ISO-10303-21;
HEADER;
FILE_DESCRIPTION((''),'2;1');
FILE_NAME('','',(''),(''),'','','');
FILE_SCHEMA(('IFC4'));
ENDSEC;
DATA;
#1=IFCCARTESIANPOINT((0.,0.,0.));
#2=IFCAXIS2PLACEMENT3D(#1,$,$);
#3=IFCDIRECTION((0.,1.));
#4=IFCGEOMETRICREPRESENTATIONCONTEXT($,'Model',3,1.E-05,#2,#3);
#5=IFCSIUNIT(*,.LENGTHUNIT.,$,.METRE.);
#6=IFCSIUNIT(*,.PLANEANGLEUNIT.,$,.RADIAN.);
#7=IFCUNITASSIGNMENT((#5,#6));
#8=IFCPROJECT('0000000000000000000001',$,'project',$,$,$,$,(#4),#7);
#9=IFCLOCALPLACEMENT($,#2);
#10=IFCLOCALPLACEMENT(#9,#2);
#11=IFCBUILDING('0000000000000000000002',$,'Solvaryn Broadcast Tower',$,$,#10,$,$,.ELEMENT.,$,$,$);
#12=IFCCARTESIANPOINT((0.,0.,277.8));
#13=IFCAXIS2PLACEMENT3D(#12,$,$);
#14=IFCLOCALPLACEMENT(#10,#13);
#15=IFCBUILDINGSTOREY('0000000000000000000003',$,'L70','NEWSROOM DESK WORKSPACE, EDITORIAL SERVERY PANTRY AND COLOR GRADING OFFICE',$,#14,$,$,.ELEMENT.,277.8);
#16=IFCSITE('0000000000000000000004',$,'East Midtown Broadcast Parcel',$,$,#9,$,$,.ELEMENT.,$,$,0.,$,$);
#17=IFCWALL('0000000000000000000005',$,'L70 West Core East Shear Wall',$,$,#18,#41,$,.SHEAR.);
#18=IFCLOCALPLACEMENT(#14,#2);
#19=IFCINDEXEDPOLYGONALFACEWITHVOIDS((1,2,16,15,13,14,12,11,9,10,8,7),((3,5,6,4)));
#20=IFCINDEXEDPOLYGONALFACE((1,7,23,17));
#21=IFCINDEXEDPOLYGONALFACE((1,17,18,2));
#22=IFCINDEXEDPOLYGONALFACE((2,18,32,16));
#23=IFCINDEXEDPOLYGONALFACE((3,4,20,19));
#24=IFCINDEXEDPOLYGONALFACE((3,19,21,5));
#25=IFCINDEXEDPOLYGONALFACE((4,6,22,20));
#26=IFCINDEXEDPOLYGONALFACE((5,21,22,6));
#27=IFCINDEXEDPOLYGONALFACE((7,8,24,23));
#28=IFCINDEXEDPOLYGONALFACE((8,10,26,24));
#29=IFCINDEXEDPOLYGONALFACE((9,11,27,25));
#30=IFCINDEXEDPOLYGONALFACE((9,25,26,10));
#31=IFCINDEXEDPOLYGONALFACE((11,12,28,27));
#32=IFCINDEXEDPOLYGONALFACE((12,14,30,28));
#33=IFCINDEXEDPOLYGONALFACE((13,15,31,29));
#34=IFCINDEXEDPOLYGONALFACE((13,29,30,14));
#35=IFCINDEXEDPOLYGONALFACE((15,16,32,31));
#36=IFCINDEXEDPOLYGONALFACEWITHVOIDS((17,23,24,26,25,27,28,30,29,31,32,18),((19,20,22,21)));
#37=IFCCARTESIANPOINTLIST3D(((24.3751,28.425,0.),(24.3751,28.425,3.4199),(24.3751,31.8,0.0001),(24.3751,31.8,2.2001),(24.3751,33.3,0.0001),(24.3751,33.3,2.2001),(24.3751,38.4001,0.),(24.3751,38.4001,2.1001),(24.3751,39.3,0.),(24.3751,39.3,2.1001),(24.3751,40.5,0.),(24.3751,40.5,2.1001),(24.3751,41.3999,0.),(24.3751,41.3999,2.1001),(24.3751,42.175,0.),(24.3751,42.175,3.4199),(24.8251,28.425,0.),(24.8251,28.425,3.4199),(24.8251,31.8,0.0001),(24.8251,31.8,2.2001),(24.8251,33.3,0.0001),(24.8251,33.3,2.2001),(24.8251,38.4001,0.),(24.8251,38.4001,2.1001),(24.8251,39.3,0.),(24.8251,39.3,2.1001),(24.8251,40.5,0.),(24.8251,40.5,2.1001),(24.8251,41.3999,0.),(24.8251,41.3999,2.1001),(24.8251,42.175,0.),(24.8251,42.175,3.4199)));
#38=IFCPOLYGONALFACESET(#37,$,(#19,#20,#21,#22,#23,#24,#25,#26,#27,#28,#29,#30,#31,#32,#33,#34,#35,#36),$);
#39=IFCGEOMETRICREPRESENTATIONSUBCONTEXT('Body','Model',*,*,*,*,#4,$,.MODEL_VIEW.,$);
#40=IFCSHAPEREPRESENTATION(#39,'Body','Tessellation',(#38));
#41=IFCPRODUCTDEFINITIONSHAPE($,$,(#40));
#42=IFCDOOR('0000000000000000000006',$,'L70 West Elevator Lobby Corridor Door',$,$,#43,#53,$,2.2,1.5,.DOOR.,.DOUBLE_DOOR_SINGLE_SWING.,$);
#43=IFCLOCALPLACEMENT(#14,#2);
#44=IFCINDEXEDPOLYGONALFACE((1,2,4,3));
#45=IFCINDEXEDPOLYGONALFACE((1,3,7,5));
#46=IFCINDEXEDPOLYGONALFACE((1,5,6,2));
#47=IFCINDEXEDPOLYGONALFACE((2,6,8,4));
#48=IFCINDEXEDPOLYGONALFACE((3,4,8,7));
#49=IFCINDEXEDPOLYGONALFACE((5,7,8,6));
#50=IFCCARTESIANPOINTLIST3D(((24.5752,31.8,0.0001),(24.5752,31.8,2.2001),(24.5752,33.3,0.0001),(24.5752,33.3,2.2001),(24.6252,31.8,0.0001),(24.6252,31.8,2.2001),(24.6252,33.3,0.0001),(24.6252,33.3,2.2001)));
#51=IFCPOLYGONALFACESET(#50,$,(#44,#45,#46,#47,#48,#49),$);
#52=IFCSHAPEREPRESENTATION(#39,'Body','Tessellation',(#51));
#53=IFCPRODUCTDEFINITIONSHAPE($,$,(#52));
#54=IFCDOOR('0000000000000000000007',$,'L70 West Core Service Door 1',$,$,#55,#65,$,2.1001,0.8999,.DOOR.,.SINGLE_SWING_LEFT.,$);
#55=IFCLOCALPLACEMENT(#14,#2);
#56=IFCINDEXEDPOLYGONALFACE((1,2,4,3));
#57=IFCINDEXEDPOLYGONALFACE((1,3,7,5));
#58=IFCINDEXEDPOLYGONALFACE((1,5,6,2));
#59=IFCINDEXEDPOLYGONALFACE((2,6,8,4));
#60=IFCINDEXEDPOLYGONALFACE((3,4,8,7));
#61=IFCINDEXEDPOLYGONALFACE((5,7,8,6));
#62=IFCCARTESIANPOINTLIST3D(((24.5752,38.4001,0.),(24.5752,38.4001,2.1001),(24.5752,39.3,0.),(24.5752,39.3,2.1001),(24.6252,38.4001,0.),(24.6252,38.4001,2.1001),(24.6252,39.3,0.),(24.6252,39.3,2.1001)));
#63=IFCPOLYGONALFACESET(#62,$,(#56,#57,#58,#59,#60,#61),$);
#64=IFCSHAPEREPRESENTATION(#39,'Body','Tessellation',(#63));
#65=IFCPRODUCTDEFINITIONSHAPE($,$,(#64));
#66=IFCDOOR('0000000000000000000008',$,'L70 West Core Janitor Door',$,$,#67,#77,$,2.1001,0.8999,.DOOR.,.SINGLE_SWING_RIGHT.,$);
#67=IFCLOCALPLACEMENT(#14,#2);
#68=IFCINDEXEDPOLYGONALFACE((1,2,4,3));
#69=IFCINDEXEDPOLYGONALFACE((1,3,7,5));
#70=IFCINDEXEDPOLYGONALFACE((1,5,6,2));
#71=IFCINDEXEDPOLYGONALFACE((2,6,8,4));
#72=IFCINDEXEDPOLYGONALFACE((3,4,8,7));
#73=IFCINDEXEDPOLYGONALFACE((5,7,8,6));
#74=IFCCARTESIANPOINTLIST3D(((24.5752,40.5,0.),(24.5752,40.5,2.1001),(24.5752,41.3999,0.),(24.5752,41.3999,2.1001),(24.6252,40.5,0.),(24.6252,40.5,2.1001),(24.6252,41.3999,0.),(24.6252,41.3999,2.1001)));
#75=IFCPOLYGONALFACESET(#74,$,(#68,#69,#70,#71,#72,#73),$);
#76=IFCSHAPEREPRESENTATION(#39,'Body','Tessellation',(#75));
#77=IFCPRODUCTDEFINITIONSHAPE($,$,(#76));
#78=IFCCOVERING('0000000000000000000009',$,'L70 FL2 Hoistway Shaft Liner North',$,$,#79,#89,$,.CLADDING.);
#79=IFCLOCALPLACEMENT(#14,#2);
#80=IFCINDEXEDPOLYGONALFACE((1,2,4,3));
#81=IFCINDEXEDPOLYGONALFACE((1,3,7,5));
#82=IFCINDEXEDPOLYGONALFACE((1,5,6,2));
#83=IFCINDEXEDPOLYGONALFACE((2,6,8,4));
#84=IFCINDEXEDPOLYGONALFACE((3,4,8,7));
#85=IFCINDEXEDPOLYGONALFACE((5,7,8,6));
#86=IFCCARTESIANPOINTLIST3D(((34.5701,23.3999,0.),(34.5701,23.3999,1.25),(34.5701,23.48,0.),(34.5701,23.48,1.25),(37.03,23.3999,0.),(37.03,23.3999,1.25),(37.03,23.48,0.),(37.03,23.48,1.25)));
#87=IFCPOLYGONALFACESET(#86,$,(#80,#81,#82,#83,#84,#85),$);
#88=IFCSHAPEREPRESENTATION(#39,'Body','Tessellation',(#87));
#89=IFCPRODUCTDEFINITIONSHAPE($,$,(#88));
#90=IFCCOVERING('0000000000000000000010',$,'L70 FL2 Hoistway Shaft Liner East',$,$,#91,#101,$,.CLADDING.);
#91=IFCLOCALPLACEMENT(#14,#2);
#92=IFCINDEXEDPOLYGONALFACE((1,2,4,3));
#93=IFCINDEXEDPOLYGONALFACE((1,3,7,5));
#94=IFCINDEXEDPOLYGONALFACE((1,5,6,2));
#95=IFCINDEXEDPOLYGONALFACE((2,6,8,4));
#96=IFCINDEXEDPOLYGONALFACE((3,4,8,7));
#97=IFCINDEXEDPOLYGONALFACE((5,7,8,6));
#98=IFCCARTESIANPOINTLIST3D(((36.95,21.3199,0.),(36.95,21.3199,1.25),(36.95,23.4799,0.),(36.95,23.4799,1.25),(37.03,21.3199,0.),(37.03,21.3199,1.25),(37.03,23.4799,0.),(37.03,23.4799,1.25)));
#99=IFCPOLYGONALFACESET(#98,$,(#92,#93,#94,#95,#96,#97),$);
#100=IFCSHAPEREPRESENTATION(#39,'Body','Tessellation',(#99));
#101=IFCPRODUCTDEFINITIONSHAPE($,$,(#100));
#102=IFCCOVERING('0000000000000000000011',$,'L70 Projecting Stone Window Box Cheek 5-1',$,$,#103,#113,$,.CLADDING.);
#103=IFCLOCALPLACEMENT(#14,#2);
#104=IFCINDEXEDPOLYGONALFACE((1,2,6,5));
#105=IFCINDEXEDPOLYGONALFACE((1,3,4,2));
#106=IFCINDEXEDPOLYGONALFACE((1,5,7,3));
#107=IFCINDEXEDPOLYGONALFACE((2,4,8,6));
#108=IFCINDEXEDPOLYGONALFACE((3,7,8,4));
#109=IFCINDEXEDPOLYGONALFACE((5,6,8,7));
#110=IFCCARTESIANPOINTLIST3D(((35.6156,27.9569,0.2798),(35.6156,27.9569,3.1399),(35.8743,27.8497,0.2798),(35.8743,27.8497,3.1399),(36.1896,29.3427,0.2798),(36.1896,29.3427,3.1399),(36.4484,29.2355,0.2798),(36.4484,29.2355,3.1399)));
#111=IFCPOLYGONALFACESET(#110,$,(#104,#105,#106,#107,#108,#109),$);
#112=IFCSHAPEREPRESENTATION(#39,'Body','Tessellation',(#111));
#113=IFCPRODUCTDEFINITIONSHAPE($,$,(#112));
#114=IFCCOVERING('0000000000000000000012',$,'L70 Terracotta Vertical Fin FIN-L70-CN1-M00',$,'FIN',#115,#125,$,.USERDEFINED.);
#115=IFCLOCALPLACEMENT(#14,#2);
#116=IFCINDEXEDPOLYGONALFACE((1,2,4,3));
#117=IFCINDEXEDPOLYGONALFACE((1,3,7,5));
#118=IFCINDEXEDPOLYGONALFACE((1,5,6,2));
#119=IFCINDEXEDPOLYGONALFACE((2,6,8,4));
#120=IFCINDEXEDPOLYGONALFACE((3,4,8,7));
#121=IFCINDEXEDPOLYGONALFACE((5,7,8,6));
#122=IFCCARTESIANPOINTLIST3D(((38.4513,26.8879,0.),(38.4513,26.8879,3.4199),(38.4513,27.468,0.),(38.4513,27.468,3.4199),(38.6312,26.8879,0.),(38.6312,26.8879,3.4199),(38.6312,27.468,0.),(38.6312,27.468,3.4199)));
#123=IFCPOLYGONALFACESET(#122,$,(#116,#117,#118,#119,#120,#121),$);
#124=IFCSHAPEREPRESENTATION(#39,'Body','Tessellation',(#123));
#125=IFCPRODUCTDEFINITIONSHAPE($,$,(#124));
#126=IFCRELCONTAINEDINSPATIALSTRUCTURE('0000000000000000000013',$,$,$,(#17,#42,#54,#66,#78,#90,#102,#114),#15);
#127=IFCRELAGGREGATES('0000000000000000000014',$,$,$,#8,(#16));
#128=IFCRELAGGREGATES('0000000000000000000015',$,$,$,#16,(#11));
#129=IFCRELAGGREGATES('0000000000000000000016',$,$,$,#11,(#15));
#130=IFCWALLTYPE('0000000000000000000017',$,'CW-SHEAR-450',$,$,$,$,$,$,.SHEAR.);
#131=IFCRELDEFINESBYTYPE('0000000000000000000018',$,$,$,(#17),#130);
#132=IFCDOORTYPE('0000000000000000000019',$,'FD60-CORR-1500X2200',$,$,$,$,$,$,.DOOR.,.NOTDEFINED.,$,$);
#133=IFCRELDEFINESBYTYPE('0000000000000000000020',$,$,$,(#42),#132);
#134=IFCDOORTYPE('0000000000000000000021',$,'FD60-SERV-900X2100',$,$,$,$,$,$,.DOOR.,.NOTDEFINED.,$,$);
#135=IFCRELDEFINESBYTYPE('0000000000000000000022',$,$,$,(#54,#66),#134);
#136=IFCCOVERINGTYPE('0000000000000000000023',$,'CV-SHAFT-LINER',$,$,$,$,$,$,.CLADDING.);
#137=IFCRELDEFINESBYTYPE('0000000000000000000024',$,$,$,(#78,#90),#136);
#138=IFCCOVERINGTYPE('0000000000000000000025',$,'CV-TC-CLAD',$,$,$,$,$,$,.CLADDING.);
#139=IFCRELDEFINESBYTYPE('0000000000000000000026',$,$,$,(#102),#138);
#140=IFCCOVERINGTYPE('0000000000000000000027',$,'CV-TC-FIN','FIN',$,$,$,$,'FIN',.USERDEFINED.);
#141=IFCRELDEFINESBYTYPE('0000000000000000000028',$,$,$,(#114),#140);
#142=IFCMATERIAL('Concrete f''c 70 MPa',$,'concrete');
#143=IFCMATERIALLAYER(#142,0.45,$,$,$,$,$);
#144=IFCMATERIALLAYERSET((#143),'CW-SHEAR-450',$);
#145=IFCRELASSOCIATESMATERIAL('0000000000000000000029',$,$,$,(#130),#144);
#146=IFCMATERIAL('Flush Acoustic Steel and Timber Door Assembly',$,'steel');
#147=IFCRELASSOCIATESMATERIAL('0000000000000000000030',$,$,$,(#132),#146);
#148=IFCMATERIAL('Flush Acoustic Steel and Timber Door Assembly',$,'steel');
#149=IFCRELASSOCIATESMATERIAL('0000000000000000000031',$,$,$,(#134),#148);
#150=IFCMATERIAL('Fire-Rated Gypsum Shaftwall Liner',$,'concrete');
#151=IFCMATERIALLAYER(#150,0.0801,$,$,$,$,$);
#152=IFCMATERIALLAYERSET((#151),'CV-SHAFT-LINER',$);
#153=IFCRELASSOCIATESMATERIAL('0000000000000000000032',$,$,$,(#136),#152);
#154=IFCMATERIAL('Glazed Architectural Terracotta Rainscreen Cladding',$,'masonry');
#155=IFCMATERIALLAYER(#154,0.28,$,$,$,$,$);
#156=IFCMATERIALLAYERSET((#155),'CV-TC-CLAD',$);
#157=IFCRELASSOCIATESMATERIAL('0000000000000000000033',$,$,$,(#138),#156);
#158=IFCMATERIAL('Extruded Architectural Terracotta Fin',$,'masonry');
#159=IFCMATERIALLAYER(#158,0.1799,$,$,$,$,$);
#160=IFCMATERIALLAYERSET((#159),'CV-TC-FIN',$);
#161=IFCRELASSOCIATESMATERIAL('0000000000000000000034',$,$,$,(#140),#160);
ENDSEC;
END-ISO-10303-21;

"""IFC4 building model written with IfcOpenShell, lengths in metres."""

from ifc_helpers import new_model, si_unit, direction, frame, frame_2d, origin, origin_2d, place, context, subcontext, project, spatial, rectangle, extrude, material, layer, layer_set, type_object, element, fill, save


model = new_model("IFC4")

# Units and contexts
model_context = context("Model", 3, precision=1e-05, world=origin(), true_north=direction((0.0, 1.0)))
body_context = subcontext(model_context, "Body", "Model", "MODEL_VIEW")
ifc_project = project(units=[si_unit("LENGTHUNIT", "METRE"), si_unit("PLANEANGLEUNIT", "RADIAN")], contexts=[model_context])

# Site, building, storey
site_placement = place(None, origin())
site = spatial("IfcSite", under=ifc_project, at=site_placement, Name="East Midtown Broadcast Parcel", CompositionType="ELEMENT", RefElevation=0.0)
building_placement = place(site_placement, origin())
building = spatial("IfcBuilding", under=site, at=building_placement, Name="Solvaryn Broadcast Tower", CompositionType="ELEMENT")
storey_placement = place(building_placement, frame((0.0, 0.0, 277.8)))
storey = spatial("IfcBuildingStorey", under=building, at=storey_placement, Name="L70", Description="NEWSROOM DESK WORKSPACE, EDITORIAL SERVERY PANTRY AND COLOR GRADING OFFICE", CompositionType="ELEMENT", Elevation=277.8)

# Wall, openings, doors
ifc_material_1 = material(Name="Concrete f'c 70 MPa", Category="concrete")
ifc_layer_1 = layer(ifc_material_1, 0.45)
ifc_layer_set_1 = layer_set([ifc_layer_1], Name="CW-SHEAR-450")
wall_type = type_object("IfcWallType", Name="CW-SHEAR-450", PredefinedType="SHEAR", material=ifc_layer_set_1)
wall_1_placement = place(storey_placement, frame((24.6001, 28.425, 0.0), z_axis=(0.0, 0.0, 1.0), x_axis=(0.0, 1.0, 0.0)))
wall_1 = element("IfcWall", 1, at=wall_1_placement, inside=storey, type_object=wall_type, Name="L70 West Core East Shear Wall", PredefinedType="SHEAR", context=body_context, shape_type="SweptSolid", body=[
    extrude(rectangle(XDim=13.75, YDim=0.45, at=frame_2d((6.875, 0.0))), origin(), (0.0, 0.0, 1.0), 3.4199),
])
opening_1_placement = place(wall_1_placement, frame((3.375, 0.0, 0.0)))
opening_1 = element("IfcOpeningElement", 2, at=opening_1_placement, cuts=wall_1, PredefinedType="OPENING", context=body_context, shape_type="SweptSolid", body=[
    extrude(rectangle(XDim=1.5, YDim=2.2, at=frame_2d((0.75, 1.1001))), frame((0.0, 0.2351, 0.0), z_axis=(0.0, -1.0, 0.0), x_axis=(1.0, 0.0, 0.0)), (0.0, 0.0, 1.0), 0.47),
])
opening_2_placement = place(wall_1_placement, frame((9.9751, 0.0, 0.0)))
opening_2 = element("IfcOpeningElement", 3, at=opening_2_placement, cuts=wall_1, PredefinedType="OPENING", context=body_context, shape_type="SweptSolid", body=[
    extrude(rectangle(XDim=0.8999, YDim=2.1001, at=frame_2d((0.45, 1.05))), frame((0.0, 0.2351, 0.0), z_axis=(0.0, -1.0, 0.0), x_axis=(1.0, 0.0, 0.0)), (0.0, 0.0, 1.0), 0.47),
])
opening_3_placement = place(wall_1_placement, frame((12.075, 0.0, 0.0)))
opening_3 = element("IfcOpeningElement", 4, at=opening_3_placement, cuts=wall_1, PredefinedType="OPENING", context=body_context, shape_type="SweptSolid", body=[
    extrude(rectangle(XDim=0.8999, YDim=2.1001, at=frame_2d((0.45, 1.05))), frame((0.0, 0.2351, 0.0), z_axis=(0.0, -1.0, 0.0), x_axis=(1.0, 0.0, 0.0)), (0.0, 0.0, 1.0), 0.47),
])
ifc_material_2 = material(Name="Flush Acoustic Steel and Timber Door Assembly", Category="steel")
door_type_1 = type_object("IfcDoorType", Name="FD60-CORR-1500X2200", OperationType="NOTDEFINED", PredefinedType="DOOR", material=ifc_material_2)
door_1_placement = place(opening_1_placement, origin())
door_1 = element("IfcDoor", 5, at=door_1_placement, inside=storey, type_object=door_type_1, Name="L70 West Elevator Lobby Corridor Door", OperationType="DOUBLE_DOOR_SINGLE_SWING", OverallHeight=2.2, OverallWidth=1.5, PredefinedType="DOOR", context=body_context, shape_type="SweptSolid", body=[
    extrude(rectangle(XDim=1.5, YDim=2.2, at=frame_2d((0.75, 1.1001))), frame((0.0, 0.0249, 0.0), z_axis=(0.0, -1.0, 0.0), x_axis=(1.0, 0.0, 0.0)), (0.0, 0.0, 1.0), 0.05),
])
fill(opening_1, door_1)
ifc_material_3 = material(Name="Flush Acoustic Steel and Timber Door Assembly", Category="steel")
door_type_2 = type_object("IfcDoorType", Name="FD60-SERV-900X2100", OperationType="NOTDEFINED", PredefinedType="DOOR", material=ifc_material_3)
door_2_placement = place(opening_2_placement, origin())
door_2 = element("IfcDoor", 6, at=door_2_placement, inside=storey, type_object=door_type_2, Name="L70 West Core Service Door 1", OperationType="SINGLE_SWING_LEFT", OverallHeight=2.1001, OverallWidth=0.8999, PredefinedType="DOOR", context=body_context, shape_type="SweptSolid", body=[
    extrude(rectangle(XDim=0.8999, YDim=2.1001, at=frame_2d((0.45, 1.05))), frame((0.0, 0.0249, 0.0), z_axis=(0.0, -1.0, 0.0), x_axis=(1.0, 0.0, 0.0)), (0.0, 0.0, 1.0), 0.05),
])
fill(opening_2, door_2)
door_3_placement = place(opening_3_placement, origin())
door_3 = element("IfcDoor", 7, at=door_3_placement, inside=storey, type_object=door_type_2, Name="L70 West Core Janitor Door", OperationType="SINGLE_SWING_RIGHT", OverallHeight=2.1001, OverallWidth=0.8999, PredefinedType="DOOR", context=body_context, shape_type="SweptSolid", body=[
    extrude(rectangle(XDim=0.8999, YDim=2.1001, at=frame_2d((0.45, 1.05))), frame((0.0, 0.0249, 0.0), z_axis=(0.0, -1.0, 0.0), x_axis=(1.0, 0.0, 0.0)), (0.0, 0.0, 1.0), 0.05),
])
fill(opening_3, door_3)

# Coverings
ifc_material_4 = material(Name="Fire-Rated Gypsum Shaftwall Liner", Category="concrete")
ifc_layer_2 = layer(ifc_material_4, 0.0801)
ifc_layer_set_2 = layer_set([ifc_layer_2], Name="CV-SHAFT-LINER")
covering_type_1 = type_object("IfcCoveringType", Name="CV-SHAFT-LINER", PredefinedType="CLADDING", material=ifc_layer_set_2)
covering_1_placement = place(storey_placement, frame((35.8, 23.4399, 0.0), z_axis=(0.0, 0.0, 1.0), x_axis=(1.0, 0.0, 0.0)))
element("IfcCovering", 8, at=covering_1_placement, inside=storey, type_object=covering_type_1, Name="L70 FL2 Hoistway Shaft Liner North", PredefinedType="CLADDING", context=body_context, shape_type="SweptSolid", body=[
    extrude(rectangle(XDim=2.46, YDim=0.0801, at=origin_2d()), origin(), (0.0, 0.0, 1.0), 1.25),
])
covering_2_placement = place(storey_placement, frame((36.99, 22.3999, 0.0), z_axis=(0.0, 0.0, 1.0), x_axis=(1.0, 0.0, 0.0)))
element("IfcCovering", 9, at=covering_2_placement, inside=storey, type_object=covering_type_1, Name="L70 FL2 Hoistway Shaft Liner East", PredefinedType="CLADDING", context=body_context, shape_type="SweptSolid", body=[
    extrude(rectangle(XDim=0.0801, YDim=2.1599, at=origin_2d()), origin(), (0.0, 0.0, 1.0), 1.25),
])
ifc_material_5 = material(Name="Glazed Architectural Terracotta Rainscreen Cladding", Category="masonry")
ifc_layer_3 = layer(ifc_material_5, 0.28)
ifc_layer_set_3 = layer_set([ifc_layer_3], Name="CV-TC-CLAD")
covering_type_2 = type_object("IfcCoveringType", Name="CV-TC-CLAD", PredefinedType="CLADDING", material=ifc_layer_set_3)
covering_3_placement = place(storey_placement, frame((36.032, 28.5962, 0.2798), z_axis=(0.0, 0.0, 1.0), x_axis=(-0.92388, 0.382683, 0.0)))
element("IfcCovering", 10, at=covering_3_placement, inside=storey, type_object=covering_type_2, Name="L70 Projecting Stone Window Box Cheek 5-1", PredefinedType="CLADDING", context=body_context, shape_type="SweptSolid", body=[
    extrude(rectangle(XDim=0.28, YDim=1.5, at=origin_2d()), origin(), (0.0, 0.0, 1.0), 2.8601),
])
ifc_material_6 = material(Name="Extruded Architectural Terracotta Fin", Category="masonry")
ifc_layer_4 = layer(ifc_material_6, 0.1799)
ifc_layer_set_4 = layer_set([ifc_layer_4], Name="CV-TC-FIN")
covering_type_3 = type_object("IfcCoveringType", Name="CV-TC-FIN", Description="FIN", ElementType="FIN", PredefinedType="USERDEFINED", material=ifc_layer_set_4)
covering_4_placement = place(storey_placement, frame((38.5413, 27.178, 0.0), z_axis=(0.0, 0.0, 1.0), x_axis=(1.0, 0.0, 0.0)))
element("IfcCovering", 11, at=covering_4_placement, inside=storey, type_object=covering_type_3, Name="L70 Terracotta Vertical Fin FIN-L70-CN1-M00", ObjectType="FIN", PredefinedType="USERDEFINED", context=body_context, shape_type="SweptSolid", body=[
    extrude(rectangle(XDim=0.1799, YDim=0.5801, at=origin_2d()), origin(), (0.0, 0.0, 1.0), 3.4199),
])

save(model, "model.ifc")
